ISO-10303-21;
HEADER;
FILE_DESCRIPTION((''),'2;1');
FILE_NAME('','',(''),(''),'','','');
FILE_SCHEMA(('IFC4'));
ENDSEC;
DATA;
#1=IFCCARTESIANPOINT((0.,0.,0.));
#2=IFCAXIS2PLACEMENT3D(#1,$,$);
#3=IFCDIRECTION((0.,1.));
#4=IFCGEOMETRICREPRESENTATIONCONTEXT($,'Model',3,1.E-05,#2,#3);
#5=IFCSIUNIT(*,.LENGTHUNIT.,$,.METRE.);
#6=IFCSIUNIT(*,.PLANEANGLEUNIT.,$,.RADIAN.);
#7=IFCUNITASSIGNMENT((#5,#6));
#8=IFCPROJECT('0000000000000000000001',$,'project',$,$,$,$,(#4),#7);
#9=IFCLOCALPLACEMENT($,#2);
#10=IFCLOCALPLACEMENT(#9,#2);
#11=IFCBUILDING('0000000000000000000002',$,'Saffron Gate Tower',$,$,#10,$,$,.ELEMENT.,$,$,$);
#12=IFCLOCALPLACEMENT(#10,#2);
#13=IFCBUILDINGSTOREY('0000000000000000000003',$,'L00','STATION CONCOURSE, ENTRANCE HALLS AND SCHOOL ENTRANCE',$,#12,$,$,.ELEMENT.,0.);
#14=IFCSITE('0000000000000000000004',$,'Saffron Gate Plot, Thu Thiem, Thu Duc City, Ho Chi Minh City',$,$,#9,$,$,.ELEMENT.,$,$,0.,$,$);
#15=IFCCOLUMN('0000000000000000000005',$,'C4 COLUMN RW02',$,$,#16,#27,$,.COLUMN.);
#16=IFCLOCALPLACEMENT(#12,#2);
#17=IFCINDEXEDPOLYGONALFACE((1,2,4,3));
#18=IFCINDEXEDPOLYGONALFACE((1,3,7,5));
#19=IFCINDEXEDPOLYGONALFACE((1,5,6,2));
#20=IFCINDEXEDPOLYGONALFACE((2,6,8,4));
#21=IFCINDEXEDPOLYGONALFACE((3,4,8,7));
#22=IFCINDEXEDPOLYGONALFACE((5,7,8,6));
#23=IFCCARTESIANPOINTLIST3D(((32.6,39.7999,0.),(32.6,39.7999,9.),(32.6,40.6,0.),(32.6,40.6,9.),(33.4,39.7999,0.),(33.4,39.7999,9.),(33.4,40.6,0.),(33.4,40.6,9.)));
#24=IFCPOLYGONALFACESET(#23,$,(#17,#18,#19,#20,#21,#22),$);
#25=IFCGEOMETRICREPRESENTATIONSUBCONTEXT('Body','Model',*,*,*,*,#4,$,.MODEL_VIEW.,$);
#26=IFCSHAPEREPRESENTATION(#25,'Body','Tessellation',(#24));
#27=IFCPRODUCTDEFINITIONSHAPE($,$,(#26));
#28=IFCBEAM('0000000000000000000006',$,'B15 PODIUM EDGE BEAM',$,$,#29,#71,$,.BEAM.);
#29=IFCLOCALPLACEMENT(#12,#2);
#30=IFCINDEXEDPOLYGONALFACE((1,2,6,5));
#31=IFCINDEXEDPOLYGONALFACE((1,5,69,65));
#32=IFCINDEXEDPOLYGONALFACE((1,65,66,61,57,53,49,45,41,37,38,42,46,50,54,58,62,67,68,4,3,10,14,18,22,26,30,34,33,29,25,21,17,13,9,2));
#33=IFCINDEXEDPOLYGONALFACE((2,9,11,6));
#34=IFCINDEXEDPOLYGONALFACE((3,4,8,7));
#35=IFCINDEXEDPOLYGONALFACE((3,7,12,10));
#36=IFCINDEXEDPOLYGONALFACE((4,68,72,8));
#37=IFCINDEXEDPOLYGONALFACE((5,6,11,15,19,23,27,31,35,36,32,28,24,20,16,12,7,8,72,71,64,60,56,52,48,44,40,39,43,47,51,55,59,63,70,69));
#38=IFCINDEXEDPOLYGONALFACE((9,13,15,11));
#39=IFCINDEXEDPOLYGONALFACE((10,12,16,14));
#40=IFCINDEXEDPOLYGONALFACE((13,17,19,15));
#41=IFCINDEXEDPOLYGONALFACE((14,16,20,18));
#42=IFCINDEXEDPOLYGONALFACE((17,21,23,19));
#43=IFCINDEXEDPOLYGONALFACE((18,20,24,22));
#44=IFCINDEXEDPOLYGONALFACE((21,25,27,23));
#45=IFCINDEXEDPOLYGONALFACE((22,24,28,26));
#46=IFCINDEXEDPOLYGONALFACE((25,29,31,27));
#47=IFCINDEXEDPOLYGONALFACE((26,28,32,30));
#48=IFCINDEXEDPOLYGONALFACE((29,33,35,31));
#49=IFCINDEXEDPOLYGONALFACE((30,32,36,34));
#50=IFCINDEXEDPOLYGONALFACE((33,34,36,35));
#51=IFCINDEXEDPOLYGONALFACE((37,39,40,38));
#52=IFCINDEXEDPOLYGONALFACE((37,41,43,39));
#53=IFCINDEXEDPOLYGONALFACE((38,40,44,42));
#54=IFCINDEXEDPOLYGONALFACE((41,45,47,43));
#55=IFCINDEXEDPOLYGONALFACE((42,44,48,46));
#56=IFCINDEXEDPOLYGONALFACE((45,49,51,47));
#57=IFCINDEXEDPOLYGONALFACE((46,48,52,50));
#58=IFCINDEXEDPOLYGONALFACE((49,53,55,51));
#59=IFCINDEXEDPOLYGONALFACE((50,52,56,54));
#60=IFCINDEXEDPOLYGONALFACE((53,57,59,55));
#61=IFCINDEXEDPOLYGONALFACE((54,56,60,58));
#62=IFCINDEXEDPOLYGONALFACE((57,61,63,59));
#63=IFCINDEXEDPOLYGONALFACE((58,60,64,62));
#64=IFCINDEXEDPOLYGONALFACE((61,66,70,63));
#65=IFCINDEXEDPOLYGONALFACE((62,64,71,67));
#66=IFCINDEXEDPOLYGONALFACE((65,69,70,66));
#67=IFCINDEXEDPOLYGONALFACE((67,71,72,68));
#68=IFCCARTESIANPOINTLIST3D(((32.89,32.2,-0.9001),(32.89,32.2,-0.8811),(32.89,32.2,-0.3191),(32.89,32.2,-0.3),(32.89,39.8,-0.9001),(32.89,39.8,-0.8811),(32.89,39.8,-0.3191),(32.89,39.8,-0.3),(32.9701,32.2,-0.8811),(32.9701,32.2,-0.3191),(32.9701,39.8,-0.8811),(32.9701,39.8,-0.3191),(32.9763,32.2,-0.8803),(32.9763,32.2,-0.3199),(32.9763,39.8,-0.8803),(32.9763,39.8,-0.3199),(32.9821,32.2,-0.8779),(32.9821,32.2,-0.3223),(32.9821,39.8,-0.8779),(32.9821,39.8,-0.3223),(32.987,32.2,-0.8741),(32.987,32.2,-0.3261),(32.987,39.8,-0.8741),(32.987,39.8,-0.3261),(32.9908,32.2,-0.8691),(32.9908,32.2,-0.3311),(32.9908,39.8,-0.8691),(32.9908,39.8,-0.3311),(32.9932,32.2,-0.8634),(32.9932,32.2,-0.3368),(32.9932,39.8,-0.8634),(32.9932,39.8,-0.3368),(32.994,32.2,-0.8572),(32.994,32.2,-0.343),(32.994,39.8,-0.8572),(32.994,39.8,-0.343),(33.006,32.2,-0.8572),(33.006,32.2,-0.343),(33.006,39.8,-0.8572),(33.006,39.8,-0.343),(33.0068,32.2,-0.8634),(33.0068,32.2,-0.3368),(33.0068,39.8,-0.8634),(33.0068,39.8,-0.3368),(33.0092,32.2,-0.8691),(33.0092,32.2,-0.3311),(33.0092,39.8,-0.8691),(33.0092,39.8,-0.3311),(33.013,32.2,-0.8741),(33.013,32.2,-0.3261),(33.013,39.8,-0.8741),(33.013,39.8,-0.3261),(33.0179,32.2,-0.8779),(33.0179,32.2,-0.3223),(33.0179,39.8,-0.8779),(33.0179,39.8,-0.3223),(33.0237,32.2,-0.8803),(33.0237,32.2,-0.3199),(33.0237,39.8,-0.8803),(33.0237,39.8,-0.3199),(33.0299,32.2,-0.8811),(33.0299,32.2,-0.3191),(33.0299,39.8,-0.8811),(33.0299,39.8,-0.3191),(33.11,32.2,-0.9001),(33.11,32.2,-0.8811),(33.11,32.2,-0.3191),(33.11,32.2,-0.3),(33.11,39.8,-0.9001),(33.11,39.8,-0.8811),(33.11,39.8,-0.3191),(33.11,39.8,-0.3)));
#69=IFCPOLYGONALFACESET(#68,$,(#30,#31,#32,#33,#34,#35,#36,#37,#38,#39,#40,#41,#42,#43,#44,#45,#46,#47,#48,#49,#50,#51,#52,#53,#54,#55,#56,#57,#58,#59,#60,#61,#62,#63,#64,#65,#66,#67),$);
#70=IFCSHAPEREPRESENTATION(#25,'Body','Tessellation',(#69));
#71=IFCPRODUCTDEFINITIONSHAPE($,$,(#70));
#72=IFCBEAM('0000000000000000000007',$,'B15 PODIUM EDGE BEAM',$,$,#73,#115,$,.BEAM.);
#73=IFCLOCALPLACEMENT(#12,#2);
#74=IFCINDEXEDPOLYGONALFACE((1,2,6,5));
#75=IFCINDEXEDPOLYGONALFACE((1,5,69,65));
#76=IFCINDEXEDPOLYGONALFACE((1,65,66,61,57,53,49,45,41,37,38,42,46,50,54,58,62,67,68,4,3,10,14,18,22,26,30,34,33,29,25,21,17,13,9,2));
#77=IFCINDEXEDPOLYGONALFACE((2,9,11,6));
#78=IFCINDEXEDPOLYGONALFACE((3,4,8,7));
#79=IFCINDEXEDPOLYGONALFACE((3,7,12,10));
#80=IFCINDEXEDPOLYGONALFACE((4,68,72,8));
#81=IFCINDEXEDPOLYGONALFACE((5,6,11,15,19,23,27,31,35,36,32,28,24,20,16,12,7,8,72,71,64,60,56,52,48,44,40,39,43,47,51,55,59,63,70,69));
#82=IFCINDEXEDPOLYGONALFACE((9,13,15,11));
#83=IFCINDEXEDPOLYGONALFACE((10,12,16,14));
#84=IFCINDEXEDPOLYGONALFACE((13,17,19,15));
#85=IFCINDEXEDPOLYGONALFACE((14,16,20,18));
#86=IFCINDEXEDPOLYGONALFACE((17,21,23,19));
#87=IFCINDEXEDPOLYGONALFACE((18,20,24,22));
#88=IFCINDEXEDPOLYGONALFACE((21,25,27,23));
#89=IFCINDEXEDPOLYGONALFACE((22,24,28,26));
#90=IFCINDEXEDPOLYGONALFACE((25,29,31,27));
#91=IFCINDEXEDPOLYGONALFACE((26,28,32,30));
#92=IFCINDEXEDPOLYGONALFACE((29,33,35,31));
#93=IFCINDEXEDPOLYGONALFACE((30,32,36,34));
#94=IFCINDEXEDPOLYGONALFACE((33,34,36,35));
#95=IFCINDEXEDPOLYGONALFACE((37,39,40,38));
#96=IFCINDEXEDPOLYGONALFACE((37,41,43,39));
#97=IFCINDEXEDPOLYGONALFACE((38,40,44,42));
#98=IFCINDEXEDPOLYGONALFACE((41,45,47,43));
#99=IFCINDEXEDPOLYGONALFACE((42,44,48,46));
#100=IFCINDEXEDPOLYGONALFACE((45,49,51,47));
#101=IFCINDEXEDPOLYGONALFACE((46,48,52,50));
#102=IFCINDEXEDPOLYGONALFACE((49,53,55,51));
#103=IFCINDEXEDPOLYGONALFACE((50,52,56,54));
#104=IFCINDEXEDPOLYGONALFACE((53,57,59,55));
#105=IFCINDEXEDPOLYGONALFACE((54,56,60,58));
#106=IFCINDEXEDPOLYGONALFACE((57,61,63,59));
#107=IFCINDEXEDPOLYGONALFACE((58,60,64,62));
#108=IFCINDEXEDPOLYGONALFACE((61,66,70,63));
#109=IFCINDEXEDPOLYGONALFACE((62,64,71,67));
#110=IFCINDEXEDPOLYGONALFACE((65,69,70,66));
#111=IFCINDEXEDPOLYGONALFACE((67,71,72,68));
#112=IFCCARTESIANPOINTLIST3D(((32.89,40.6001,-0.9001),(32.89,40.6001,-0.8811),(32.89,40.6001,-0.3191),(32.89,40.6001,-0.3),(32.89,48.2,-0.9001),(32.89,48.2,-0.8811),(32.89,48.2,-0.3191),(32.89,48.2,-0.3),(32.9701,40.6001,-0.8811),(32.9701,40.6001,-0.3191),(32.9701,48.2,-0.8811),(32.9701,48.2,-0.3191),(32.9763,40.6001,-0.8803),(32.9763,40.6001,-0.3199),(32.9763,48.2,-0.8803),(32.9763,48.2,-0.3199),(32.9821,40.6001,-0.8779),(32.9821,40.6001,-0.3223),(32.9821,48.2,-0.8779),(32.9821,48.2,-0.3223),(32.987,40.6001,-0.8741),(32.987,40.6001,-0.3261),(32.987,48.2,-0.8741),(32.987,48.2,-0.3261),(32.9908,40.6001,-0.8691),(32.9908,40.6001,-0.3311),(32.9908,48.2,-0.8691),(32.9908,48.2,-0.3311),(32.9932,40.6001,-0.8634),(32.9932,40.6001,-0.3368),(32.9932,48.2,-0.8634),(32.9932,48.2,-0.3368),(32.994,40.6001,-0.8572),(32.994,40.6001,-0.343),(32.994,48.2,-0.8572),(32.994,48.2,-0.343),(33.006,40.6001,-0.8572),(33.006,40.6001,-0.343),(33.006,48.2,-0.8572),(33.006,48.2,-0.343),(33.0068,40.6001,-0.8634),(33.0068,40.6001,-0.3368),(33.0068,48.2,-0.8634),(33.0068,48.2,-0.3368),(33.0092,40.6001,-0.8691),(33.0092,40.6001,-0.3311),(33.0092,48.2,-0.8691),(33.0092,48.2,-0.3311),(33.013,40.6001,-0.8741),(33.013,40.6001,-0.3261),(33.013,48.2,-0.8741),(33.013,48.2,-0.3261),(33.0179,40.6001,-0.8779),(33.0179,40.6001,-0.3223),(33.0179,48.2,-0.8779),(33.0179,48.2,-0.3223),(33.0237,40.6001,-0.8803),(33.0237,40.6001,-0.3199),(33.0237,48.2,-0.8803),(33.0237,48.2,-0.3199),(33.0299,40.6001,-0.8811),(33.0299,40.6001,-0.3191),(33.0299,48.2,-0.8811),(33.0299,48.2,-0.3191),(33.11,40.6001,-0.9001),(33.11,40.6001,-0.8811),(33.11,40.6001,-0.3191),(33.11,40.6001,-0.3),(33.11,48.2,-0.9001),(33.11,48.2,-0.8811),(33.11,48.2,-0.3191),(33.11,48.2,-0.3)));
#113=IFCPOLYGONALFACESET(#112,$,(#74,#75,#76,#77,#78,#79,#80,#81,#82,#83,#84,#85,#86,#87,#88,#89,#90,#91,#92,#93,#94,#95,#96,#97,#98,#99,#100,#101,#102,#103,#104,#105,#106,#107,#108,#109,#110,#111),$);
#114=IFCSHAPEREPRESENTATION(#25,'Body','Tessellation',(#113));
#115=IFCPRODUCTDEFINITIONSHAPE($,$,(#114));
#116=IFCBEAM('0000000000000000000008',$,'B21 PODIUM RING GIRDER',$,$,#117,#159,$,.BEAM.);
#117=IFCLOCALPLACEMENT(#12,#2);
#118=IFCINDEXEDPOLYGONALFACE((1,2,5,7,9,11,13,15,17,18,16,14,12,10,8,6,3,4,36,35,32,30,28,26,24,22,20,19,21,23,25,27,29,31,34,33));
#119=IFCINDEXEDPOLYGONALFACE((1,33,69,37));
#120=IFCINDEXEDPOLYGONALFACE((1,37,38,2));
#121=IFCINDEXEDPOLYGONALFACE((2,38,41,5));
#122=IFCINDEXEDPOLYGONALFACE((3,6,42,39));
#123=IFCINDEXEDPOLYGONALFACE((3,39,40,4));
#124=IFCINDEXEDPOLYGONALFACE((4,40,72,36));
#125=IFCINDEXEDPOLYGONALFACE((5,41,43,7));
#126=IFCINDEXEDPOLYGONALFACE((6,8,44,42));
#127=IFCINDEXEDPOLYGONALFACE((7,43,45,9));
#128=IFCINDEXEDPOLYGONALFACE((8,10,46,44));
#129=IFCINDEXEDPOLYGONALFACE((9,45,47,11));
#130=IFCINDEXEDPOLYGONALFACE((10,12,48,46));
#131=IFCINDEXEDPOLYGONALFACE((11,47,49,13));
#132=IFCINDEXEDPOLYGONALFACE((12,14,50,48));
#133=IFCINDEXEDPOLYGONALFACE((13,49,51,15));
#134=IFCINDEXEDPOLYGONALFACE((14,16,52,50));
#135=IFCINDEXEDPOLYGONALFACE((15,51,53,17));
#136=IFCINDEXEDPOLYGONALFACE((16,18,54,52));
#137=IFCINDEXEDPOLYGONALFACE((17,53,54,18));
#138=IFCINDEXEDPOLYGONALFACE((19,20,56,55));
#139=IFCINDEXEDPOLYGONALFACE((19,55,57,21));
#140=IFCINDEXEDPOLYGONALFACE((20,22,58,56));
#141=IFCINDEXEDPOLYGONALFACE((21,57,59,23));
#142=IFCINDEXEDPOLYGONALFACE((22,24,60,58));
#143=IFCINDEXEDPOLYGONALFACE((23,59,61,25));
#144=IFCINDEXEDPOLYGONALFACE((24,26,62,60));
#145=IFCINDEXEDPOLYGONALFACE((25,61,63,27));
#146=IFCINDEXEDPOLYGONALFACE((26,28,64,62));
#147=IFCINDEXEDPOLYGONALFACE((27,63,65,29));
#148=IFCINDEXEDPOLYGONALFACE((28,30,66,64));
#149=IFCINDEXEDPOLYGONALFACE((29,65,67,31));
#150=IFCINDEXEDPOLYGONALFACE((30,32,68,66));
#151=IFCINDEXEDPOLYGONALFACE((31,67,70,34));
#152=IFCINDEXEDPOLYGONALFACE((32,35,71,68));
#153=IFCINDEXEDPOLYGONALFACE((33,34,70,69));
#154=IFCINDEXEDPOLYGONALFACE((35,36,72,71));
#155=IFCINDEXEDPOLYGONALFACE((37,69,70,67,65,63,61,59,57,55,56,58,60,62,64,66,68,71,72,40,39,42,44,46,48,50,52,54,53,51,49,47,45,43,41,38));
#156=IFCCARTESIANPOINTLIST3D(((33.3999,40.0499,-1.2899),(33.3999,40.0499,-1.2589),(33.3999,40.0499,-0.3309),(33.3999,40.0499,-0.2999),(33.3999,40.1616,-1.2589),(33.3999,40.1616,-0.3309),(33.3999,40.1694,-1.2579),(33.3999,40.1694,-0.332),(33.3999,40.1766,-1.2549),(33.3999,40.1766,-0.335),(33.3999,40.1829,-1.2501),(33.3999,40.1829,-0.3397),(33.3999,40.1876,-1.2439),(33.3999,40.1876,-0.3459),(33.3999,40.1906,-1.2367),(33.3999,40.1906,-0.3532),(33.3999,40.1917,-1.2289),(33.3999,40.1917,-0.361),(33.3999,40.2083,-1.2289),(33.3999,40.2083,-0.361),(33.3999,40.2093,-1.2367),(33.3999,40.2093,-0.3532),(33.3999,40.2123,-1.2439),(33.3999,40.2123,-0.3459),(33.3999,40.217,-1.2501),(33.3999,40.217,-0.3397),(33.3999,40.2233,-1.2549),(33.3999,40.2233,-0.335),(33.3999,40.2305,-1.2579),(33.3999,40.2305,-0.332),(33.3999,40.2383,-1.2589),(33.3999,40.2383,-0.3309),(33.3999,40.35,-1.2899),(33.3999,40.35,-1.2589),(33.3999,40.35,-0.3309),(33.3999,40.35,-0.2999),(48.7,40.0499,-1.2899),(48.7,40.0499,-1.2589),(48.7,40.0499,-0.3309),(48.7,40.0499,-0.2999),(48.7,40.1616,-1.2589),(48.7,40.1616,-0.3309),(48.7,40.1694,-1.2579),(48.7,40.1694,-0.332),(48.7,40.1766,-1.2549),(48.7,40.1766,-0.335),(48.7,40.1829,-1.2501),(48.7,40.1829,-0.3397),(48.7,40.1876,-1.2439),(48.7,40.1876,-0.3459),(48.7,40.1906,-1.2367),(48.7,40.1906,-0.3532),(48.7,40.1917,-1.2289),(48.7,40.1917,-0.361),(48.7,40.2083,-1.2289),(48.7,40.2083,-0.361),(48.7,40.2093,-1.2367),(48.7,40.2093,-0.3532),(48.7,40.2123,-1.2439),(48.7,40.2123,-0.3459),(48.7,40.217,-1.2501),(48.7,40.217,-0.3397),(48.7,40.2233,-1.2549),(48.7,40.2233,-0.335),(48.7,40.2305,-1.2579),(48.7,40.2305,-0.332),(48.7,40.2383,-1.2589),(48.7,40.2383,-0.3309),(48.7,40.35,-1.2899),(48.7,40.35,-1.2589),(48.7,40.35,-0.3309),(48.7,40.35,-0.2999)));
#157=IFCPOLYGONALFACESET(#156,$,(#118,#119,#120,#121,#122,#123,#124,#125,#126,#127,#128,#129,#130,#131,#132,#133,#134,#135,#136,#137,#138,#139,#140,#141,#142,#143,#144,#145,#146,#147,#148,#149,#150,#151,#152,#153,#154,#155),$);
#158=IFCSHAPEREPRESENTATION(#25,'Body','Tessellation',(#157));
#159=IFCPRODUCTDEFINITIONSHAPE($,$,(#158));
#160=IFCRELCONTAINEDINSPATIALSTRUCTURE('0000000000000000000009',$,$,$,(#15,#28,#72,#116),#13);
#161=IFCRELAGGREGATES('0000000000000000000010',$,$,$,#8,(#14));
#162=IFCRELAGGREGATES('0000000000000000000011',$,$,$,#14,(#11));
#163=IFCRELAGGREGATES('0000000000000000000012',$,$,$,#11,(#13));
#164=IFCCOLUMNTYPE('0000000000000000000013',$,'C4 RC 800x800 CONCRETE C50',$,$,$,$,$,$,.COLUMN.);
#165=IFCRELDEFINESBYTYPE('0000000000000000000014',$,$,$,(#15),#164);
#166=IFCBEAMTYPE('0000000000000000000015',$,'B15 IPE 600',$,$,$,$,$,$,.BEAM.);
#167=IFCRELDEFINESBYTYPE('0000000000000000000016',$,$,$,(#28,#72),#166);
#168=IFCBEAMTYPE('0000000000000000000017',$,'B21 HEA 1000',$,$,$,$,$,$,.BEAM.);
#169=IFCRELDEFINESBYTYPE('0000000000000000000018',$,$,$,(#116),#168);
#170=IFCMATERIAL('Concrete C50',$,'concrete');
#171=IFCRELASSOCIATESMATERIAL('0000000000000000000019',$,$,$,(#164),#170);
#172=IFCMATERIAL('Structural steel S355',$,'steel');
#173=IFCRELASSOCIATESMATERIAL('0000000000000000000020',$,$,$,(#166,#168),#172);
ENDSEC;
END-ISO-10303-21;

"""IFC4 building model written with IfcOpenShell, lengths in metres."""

from ifc_helpers import new_model, si_unit, direction, frame, origin, origin_2d, place, context, subcontext, project, spatial, rectangle, i_section, extrude, material, material_profile, profile_set, type_object, element, save


model = new_model("IFC4")

# Units and contexts
model_context = context("Model", 3, precision=1e-05, world=origin(), true_north=direction((0.0, 1.0)))
body_context = subcontext(model_context, "Body", "Model", "MODEL_VIEW")
ifc_project = project(units=[si_unit("LENGTHUNIT", "METRE"), si_unit("PLANEANGLEUNIT", "RADIAN")], contexts=[model_context])

# Site, building, storey
site_placement = place(None, origin())
site = spatial("IfcSite", under=ifc_project, at=site_placement, Name="Saffron Gate Plot, Thu Thiem, Thu Duc City, Ho Chi Minh City", CompositionType="ELEMENT", RefElevation=0.0)
building_placement = place(site_placement, origin())
building = spatial("IfcBuilding", under=site, at=building_placement, Name="Saffron Gate Tower", CompositionType="ELEMENT")
storey_placement = place(building_placement, origin())
storey = spatial("IfcBuildingStorey", under=building, at=storey_placement, Name="L00", Description="STATION CONCOURSE, ENTRANCE HALLS AND SCHOOL ENTRANCE", CompositionType="ELEMENT", Elevation=0.0)

# Column
ifc_material_1 = material(Name="Concrete C50", Category="concrete")
ifc_material_profile_1 = material_profile(ifc_material_1, rectangle(XDim=0.8, YDim=0.8, at=origin_2d()))
ifc_profile_set_1 = profile_set([ifc_material_profile_1], Name="Concrete C50")
column_type = type_object("IfcColumnType", Name="C4 RC 800x800 CONCRETE C50", PredefinedType="COLUMN", material=ifc_profile_set_1)
column_placement = place(storey_placement, frame((33.0, 40.2, 0.0), z_axis=(0.0, 0.0, 1.0), x_axis=(1.0, 0.0, 0.0)))
element("IfcColumn", 1, at=column_placement, inside=storey, type_object=column_type, Name="C4 COLUMN RW02", PredefinedType="COLUMN", context=body_context, shape_type="SweptSolid", body=[
    extrude(rectangle(XDim=0.8, YDim=0.8, at=origin_2d()), origin(), (0.0, 0.0, 1.0), 9.0),
])

# Beams
ifc_material_2 = material(Name="Structural steel S355", Category="steel")
ifc_material_profile_2 = material_profile(ifc_material_2, i_section(OverallWidth=0.22, OverallDepth=0.6001, WebThickness=0.012, FlangeThickness=0.019, FilletRadius=0.0239, at=origin_2d()))
ifc_profile_set_2 = profile_set([ifc_material_profile_2], Name="Structural steel S355")
beam_type_1 = type_object("IfcBeamType", Name="B15 IPE 600", PredefinedType="BEAM", material=ifc_profile_set_2)
beam_1_placement = place(storey_placement, frame((33.0, 32.2, -0.6001), z_axis=(0.0, 1.0, 0.0), x_axis=(-1.0, 0.0, 0.0)))
element("IfcBeam", 2, at=beam_1_placement, inside=storey, type_object=beam_type_1, Name="B15 PODIUM EDGE BEAM", PredefinedType="BEAM", context=body_context, shape_type="SweptSolid", body=[
    extrude(i_section(OverallWidth=0.22, OverallDepth=0.6001, WebThickness=0.012, FlangeThickness=0.019, FilletRadius=0.0239, at=origin_2d()), origin(), (0.0, 0.0, 1.0), 7.6001),
])
beam_2_placement = place(storey_placement, frame((33.0, 40.6001, -0.6001), z_axis=(0.0, 1.0, 0.0), x_axis=(-1.0, 0.0, 0.0)))
element("IfcBeam", 3, at=beam_2_placement, inside=storey, type_object=beam_type_1, Name="B15 PODIUM EDGE BEAM", PredefinedType="BEAM", context=body_context, shape_type="SweptSolid", body=[
    extrude(i_section(OverallWidth=0.22, OverallDepth=0.6001, WebThickness=0.012, FlangeThickness=0.019, FilletRadius=0.0239, at=origin_2d()), origin(), (0.0, 0.0, 1.0), 7.5999),
])
ifc_material_profile_3 = material_profile(ifc_material_2, i_section(OverallWidth=0.3, OverallDepth=0.99, WebThickness=0.0166, FlangeThickness=0.031, FilletRadius=0.03, at=origin_2d()))
ifc_profile_set_3 = profile_set([ifc_material_profile_3], Name="Structural steel S355")
beam_type_2 = type_object("IfcBeamType", Name="B21 HEA 1000", PredefinedType="BEAM", material=ifc_profile_set_3)
beam_3_placement = place(storey_placement, frame((33.3999, 40.2, -0.7949), z_axis=(1.0, 0.0, 0.0), x_axis=(0.0, 1.0, 0.0)))
element("IfcBeam", 4, at=beam_3_placement, inside=storey, type_object=beam_type_2, Name="B21 PODIUM RING GIRDER", PredefinedType="BEAM", context=body_context, shape_type="SweptSolid", body=[
    extrude(i_section(OverallWidth=0.3, OverallDepth=0.99, WebThickness=0.0166, FlangeThickness=0.031, FilletRadius=0.03, at=origin_2d()), origin(), (0.0, 0.0, 1.0), 15.3),
])

save(model, "model.ifc")
